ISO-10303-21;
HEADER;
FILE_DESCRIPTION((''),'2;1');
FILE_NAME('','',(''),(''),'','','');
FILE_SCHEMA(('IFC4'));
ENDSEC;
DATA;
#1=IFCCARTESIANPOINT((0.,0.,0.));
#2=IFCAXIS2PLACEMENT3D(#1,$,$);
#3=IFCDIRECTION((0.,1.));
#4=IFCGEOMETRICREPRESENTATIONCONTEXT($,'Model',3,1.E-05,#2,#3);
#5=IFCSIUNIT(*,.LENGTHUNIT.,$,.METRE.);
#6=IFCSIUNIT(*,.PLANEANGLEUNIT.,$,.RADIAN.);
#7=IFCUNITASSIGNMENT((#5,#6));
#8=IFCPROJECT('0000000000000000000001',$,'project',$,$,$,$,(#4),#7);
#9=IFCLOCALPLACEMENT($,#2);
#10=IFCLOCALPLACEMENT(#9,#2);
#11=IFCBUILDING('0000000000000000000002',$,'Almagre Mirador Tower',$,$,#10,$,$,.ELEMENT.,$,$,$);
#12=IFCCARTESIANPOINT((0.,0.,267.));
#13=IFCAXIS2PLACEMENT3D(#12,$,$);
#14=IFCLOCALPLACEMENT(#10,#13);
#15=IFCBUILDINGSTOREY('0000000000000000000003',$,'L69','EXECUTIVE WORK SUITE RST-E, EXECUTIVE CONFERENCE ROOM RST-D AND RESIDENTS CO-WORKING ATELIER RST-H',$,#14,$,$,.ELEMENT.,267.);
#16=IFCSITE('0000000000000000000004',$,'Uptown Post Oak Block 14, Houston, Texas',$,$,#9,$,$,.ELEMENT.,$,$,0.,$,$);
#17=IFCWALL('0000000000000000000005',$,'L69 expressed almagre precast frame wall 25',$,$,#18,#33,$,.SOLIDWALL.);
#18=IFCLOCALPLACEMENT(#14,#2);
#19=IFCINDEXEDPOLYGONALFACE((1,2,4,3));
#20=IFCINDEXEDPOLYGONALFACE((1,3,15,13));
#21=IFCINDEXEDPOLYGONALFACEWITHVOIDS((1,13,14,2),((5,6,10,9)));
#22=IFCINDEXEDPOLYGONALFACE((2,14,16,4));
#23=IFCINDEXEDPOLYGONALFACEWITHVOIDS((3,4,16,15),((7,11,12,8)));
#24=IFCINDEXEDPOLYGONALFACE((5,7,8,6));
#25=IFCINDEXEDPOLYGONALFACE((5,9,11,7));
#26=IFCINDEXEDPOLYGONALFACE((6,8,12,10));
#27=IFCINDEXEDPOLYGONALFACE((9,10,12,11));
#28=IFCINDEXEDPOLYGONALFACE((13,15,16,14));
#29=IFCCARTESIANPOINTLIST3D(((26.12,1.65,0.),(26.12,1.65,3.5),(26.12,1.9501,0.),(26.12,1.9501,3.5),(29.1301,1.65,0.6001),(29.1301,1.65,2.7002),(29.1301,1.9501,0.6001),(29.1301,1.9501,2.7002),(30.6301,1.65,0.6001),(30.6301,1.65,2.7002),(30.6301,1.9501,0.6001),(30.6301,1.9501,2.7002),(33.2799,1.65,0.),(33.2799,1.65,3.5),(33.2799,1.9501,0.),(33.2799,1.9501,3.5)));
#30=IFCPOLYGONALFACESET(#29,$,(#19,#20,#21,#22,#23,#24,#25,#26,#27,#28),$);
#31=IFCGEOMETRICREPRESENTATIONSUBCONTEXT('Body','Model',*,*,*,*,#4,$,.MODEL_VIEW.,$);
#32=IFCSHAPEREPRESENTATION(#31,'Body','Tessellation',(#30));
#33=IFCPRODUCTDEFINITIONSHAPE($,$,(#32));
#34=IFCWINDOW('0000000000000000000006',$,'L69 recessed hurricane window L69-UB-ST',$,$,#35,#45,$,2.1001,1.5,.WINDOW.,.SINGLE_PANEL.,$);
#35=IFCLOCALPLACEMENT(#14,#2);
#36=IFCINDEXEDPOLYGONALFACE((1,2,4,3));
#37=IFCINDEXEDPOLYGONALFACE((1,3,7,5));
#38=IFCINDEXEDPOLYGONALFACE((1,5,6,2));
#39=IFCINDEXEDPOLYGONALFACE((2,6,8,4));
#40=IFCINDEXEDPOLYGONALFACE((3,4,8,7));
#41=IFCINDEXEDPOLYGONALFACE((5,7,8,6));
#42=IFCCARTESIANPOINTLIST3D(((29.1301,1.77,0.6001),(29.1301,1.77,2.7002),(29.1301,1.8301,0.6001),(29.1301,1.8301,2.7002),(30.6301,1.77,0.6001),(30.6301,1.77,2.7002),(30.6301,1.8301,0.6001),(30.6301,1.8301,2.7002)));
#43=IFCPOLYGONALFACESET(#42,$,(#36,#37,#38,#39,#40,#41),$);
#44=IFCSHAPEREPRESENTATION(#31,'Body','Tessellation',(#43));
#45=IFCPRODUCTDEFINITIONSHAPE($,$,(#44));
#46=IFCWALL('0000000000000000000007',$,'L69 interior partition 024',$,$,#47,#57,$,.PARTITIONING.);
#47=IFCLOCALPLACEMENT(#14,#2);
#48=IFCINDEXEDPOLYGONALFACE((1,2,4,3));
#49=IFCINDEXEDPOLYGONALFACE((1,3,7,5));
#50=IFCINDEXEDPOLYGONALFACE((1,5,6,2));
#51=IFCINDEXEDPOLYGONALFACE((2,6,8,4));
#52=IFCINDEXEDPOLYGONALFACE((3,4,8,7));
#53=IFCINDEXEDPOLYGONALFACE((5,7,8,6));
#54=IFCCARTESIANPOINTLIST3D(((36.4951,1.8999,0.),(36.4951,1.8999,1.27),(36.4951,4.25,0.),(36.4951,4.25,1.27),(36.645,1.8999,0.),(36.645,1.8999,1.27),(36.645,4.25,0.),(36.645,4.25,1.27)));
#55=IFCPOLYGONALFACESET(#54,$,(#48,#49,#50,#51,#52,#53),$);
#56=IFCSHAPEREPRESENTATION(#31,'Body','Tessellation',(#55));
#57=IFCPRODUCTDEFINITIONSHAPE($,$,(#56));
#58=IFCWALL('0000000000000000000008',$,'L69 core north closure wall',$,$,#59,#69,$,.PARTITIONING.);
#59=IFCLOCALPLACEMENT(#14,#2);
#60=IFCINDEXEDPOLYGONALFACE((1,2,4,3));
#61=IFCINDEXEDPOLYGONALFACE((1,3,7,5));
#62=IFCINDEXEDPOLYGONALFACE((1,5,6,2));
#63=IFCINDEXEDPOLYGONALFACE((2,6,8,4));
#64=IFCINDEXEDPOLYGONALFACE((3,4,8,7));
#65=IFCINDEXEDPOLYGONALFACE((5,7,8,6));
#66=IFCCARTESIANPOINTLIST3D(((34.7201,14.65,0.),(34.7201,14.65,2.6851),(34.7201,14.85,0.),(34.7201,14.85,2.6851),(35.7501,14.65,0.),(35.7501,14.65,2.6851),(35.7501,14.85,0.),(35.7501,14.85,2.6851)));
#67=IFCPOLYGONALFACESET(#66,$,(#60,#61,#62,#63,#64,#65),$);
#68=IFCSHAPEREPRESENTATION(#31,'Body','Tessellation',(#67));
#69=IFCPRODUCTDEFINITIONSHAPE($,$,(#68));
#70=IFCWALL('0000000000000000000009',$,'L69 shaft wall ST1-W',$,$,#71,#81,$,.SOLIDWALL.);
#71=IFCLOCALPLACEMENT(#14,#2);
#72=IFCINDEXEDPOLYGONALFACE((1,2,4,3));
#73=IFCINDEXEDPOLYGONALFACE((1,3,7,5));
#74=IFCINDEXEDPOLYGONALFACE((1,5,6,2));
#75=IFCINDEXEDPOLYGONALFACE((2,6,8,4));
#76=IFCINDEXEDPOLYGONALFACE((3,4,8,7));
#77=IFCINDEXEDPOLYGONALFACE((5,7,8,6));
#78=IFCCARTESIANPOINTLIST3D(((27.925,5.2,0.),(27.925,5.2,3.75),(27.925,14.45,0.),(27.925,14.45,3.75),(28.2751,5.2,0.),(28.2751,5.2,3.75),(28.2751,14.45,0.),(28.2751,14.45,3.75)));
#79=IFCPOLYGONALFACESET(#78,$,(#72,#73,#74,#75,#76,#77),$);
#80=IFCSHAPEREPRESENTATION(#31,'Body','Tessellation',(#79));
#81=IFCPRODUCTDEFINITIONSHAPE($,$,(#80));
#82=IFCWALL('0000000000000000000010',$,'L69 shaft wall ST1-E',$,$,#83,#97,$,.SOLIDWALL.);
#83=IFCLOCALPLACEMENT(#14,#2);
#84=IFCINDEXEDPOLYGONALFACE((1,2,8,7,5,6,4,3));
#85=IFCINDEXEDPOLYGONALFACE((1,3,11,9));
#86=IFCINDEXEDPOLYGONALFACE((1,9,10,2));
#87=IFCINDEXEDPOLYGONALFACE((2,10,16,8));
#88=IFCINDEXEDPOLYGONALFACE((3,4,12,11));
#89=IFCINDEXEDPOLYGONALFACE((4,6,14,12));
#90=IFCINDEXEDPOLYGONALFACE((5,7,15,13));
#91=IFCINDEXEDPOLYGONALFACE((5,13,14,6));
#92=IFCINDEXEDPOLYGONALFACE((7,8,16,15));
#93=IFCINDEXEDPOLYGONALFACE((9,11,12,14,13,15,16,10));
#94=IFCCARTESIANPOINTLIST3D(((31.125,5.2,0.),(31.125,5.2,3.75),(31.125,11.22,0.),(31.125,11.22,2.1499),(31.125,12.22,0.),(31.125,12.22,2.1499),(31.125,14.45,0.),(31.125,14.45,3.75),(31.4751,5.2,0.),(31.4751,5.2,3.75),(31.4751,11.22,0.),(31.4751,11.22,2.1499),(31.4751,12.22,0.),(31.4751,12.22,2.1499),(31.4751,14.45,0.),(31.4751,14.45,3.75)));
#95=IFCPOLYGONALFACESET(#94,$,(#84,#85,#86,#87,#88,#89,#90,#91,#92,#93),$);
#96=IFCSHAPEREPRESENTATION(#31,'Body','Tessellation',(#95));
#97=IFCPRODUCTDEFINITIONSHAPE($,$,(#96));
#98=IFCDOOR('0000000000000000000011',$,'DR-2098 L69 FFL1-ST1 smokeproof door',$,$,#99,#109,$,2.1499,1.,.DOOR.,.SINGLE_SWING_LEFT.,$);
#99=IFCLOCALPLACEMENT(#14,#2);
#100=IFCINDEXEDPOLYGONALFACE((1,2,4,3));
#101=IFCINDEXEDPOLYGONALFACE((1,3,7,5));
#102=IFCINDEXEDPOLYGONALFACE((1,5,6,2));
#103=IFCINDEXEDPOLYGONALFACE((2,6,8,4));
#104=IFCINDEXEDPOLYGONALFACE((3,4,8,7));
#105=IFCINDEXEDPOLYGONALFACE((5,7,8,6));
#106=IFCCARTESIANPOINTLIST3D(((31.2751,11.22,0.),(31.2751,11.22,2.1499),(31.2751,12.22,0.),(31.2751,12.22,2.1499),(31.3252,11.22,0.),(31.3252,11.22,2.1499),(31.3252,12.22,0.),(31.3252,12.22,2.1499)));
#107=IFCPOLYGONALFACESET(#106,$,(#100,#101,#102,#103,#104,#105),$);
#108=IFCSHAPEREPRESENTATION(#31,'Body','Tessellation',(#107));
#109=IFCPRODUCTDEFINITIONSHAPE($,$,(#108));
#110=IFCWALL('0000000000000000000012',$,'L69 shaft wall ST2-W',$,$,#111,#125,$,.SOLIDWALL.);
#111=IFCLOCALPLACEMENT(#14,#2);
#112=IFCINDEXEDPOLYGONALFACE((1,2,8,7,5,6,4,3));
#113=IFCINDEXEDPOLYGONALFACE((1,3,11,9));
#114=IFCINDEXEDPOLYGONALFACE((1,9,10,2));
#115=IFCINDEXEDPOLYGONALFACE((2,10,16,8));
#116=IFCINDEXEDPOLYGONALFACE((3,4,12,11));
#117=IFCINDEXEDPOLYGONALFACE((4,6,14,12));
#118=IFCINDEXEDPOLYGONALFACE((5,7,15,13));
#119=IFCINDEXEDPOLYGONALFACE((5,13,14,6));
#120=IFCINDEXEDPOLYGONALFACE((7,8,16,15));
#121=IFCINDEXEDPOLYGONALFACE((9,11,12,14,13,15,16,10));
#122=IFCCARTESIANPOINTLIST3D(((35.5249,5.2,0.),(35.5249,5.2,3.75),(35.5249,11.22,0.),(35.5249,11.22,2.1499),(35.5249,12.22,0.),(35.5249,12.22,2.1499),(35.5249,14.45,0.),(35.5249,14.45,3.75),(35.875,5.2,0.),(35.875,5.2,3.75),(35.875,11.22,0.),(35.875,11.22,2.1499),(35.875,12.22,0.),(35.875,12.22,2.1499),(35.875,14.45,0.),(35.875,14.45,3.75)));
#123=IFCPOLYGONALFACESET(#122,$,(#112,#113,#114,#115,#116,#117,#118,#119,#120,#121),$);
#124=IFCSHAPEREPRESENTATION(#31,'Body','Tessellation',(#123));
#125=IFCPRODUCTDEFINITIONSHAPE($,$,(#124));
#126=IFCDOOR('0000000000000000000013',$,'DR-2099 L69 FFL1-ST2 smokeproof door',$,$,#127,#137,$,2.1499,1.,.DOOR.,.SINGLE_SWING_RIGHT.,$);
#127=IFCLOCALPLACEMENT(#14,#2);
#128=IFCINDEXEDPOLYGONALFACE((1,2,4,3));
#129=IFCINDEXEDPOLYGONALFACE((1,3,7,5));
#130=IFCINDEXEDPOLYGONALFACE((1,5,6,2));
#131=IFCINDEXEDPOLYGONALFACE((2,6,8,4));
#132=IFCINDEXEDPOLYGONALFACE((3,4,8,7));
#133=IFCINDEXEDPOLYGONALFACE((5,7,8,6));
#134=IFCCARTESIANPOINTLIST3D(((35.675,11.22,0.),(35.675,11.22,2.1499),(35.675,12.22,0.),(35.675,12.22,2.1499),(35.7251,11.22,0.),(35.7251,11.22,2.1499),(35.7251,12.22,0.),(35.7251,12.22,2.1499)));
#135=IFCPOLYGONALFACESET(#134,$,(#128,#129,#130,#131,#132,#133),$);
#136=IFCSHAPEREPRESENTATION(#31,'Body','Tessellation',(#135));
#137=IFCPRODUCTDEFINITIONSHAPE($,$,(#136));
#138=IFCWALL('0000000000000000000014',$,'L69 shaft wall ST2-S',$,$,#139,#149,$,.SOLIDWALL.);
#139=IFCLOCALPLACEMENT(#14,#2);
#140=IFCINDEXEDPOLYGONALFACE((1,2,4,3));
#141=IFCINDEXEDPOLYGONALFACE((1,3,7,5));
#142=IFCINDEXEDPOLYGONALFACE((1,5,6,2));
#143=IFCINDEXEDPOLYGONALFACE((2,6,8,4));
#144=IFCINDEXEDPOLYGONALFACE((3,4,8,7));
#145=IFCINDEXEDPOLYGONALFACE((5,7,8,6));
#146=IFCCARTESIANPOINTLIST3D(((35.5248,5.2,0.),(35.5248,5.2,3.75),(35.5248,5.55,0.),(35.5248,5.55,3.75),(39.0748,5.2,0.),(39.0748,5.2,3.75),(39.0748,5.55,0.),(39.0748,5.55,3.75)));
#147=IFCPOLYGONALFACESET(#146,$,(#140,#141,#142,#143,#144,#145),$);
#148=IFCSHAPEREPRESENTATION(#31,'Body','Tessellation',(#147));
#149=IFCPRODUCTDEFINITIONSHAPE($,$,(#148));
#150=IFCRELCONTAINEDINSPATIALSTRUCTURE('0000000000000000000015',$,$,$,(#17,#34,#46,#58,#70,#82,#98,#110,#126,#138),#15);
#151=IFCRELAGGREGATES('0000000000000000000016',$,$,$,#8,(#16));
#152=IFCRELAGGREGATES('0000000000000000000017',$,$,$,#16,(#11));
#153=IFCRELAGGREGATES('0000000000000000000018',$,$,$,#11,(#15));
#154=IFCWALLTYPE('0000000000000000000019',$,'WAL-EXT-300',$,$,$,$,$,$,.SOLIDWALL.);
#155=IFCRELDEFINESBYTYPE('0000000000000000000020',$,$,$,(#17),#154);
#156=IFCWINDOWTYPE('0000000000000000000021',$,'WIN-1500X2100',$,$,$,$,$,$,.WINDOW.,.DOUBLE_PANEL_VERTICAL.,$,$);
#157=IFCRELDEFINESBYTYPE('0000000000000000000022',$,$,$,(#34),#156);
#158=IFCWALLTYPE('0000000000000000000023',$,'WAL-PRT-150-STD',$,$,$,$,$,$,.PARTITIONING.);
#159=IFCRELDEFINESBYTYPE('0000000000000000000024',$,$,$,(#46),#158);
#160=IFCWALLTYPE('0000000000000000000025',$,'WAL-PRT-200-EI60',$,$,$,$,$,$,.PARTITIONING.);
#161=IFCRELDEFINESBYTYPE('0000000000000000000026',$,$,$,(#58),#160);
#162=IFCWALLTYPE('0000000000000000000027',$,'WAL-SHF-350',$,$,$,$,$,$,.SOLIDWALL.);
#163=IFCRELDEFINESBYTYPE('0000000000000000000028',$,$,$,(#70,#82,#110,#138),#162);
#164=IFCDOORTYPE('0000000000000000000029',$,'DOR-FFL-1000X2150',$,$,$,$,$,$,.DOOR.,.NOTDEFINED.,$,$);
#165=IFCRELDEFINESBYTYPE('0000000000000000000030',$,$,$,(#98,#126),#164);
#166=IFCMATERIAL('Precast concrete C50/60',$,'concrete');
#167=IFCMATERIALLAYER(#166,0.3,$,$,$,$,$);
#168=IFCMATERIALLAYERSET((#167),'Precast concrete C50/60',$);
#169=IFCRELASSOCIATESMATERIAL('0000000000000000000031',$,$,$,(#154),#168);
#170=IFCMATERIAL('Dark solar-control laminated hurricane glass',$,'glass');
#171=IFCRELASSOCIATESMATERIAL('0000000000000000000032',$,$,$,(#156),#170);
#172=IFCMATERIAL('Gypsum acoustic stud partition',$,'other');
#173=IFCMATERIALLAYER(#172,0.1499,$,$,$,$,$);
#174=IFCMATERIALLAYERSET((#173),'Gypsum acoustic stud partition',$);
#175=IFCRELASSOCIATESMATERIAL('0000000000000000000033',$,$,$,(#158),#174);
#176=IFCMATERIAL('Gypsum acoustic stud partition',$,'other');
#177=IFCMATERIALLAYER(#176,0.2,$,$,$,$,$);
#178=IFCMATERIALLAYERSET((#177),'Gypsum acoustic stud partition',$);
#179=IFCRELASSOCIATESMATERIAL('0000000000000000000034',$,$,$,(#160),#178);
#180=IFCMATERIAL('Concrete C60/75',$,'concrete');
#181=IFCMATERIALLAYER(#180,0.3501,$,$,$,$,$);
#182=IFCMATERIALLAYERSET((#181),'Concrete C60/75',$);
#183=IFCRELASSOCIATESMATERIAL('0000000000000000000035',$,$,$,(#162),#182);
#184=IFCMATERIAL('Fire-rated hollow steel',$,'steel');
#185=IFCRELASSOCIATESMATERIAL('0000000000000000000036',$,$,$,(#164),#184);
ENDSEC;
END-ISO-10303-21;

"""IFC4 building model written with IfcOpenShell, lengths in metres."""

from ifc_helpers import new_model, si_unit, direction, frame, frame_2d, origin, place, context, subcontext, project, spatial, rectangle, extrude, material, layer, layer_set, type_object, element, fill, save


model = new_model("IFC4")

# Units and contexts
model_context = context("Model", 3, precision=1e-05, world=origin(), true_north=direction((0.0, 1.0)))
body_context = subcontext(model_context, "Body", "Model", "MODEL_VIEW")
ifc_project = project(units=[si_unit("LENGTHUNIT", "METRE"), si_unit("PLANEANGLEUNIT", "RADIAN")], contexts=[model_context])

# Site, building, storey
site_placement = place(None, origin())
site = spatial("IfcSite", under=ifc_project, at=site_placement, Name="Uptown Post Oak Block 14, Houston, Texas", CompositionType="ELEMENT", RefElevation=0.0)
building_placement = place(site_placement, origin())
building = spatial("IfcBuilding", under=site, at=building_placement, Name="Almagre Mirador Tower", CompositionType="ELEMENT")
storey_placement = place(building_placement, frame((0.0, 0.0, 267.0)))
storey = spatial("IfcBuildingStorey", under=building, at=storey_placement, Name="L69", Description="EXECUTIVE WORK SUITE RST-E, EXECUTIVE CONFERENCE ROOM RST-D AND RESIDENTS CO-WORKING ATELIER RST-H", CompositionType="ELEMENT", Elevation=267.0)

# Wall, opening, window
ifc_material_1 = material(Name="Precast concrete C50/60", Category="concrete")
ifc_layer_1 = layer(ifc_material_1, 0.3)
ifc_layer_set_1 = layer_set([ifc_layer_1], Name="Precast concrete C50/60")
wall_type_1 = type_object("IfcWallType", Name="WAL-EXT-300", PredefinedType="SOLIDWALL", material=ifc_layer_set_1)
wall_1_placement = place(storey_placement, frame((33.28, 1.8, 0.0), z_axis=(0.0, 0.0, 1.0), x_axis=(-1.0, 0.0, 0.0)))
wall_1 = element("IfcWall", 1, at=wall_1_placement, inside=storey, type_object=wall_type_1, Name="L69 expressed almagre precast frame wall 25", PredefinedType="SOLIDWALL", context=body_context, shape_type="SweptSolid", body=[
    extrude(rectangle(XDim=7.1599, YDim=0.3, at=frame_2d((3.5801, 0.0))), origin(), (0.0, 0.0, 1.0), 3.5),
])
opening_1_placement = place(wall_1_placement, frame((2.6499, 0.0, 0.6001)))
opening_1 = element("IfcOpeningElement", 2, at=opening_1_placement, cuts=wall_1, PredefinedType="OPENING", context=body_context, shape_type="SweptSolid", body=[
    extrude(rectangle(XDim=1.5, YDim=2.1001, at=frame_2d((0.75, 1.05))), frame((0.0, 0.1599, 0.0), z_axis=(0.0, -1.0, 0.0), x_axis=(1.0, 0.0, 0.0)), (0.0, 0.0, 1.0), 0.32),
])
ifc_material_2 = material(Name="Dark solar-control laminated hurricane glass", Category="glass")
window_type = type_object("IfcWindowType", Name="WIN-1500X2100", PartitioningType="DOUBLE_PANEL_VERTICAL", PredefinedType="WINDOW", material=ifc_material_2)
window_placement = place(opening_1_placement, origin())
window = element("IfcWindow", 3, at=window_placement, inside=storey, type_object=window_type, Name="L69 recessed hurricane window L69-UB-ST", OverallHeight=2.1001, OverallWidth=1.5, PartitioningType="SINGLE_PANEL", PredefinedType="WINDOW", context=body_context, shape_type="SweptSolid", body=[
    extrude(rectangle(XDim=1.5, YDim=2.1001, at=frame_2d((0.75, 1.05))), frame((0.0, 0.03, 0.0), z_axis=(0.0, -1.0, 0.0), x_axis=(1.0, 0.0, 0.0)), (0.0, 0.0, 1.0), 0.0601),
])
fill(opening_1, window)

# Walls
ifc_material_3 = material(Name="Gypsum acoustic stud partition", Category="other")
ifc_layer_2 = layer(ifc_material_3, 0.1499)
ifc_layer_set_2 = layer_set([ifc_layer_2], Name="Gypsum acoustic stud partition")
wall_type_2 = type_object("IfcWallType", Name="WAL-PRT-150-STD", PredefinedType="PARTITIONING", material=ifc_layer_set_2)
wall_2_placement = place(storey_placement, frame((36.5701, 1.8999, 0.0), z_axis=(0.0, 0.0, 1.0), x_axis=(0.0, 1.0, 0.0)))
element("IfcWall", 4, at=wall_2_placement, inside=storey, type_object=wall_type_2, Name="L69 interior partition 024", PredefinedType="PARTITIONING", context=body_context, shape_type="SweptSolid", body=[
    extrude(rectangle(XDim=2.3501, YDim=0.1499, at=frame_2d((1.175, 0.0))), origin(), (0.0, 0.0, 1.0), 1.27),
])
ifc_material_4 = material(Name="Gypsum acoustic stud partition", Category="other")
ifc_layer_3 = layer(ifc_material_4, 0.2)
ifc_layer_set_3 = layer_set([ifc_layer_3], Name="Gypsum acoustic stud partition")
wall_type_3 = type_object("IfcWallType", Name="WAL-PRT-200-EI60", PredefinedType="PARTITIONING", material=ifc_layer_set_3)
wall_3_placement = place(storey_placement, frame((34.72, 14.75, 0.0), z_axis=(0.0, 0.0, 1.0), x_axis=(1.0, 0.0, 0.0)))
element("IfcWall", 5, at=wall_3_placement, inside=storey, type_object=wall_type_3, Name="L69 core north closure wall", PredefinedType="PARTITIONING", context=body_context, shape_type="SweptSolid", body=[
    extrude(rectangle(XDim=1.03, YDim=0.2, at=frame_2d((0.5151, 0.0))), origin(), (0.0, 0.0, 1.0), 2.6851),
])

# Wall
ifc_material_5 = material(Name="Concrete C60/75", Category="concrete")
ifc_layer_4 = layer(ifc_material_5, 0.3501)
ifc_layer_set_4 = layer_set([ifc_layer_4], Name="Concrete C60/75")
wall_type_4 = type_object("IfcWallType", Name="WAL-SHF-350", PredefinedType="SOLIDWALL", material=ifc_layer_set_4)
wall_4_placement = place(storey_placement, frame((28.1001, 5.2, 0.0), z_axis=(0.0, 0.0, 1.0), x_axis=(0.0, 1.0, 0.0)))
element("IfcWall", 6, at=wall_4_placement, inside=storey, type_object=wall_type_4, Name="L69 shaft wall ST1-W", PredefinedType="SOLIDWALL", context=body_context, shape_type="SweptSolid", body=[
    extrude(rectangle(XDim=9.25, YDim=0.3501, at=frame_2d((4.625, 0.0))), origin(), (0.0, 0.0, 1.0), 3.75),
])

# Walls, openings, doors
wall_5_placement = place(storey_placement, frame((31.3, 5.2, 0.0), z_axis=(0.0, 0.0, 1.0), x_axis=(0.0, 1.0, 0.0)))
wall_5 = element("IfcWall", 7, at=wall_5_placement, inside=storey, type_object=wall_type_4, Name="L69 shaft wall ST1-E", PredefinedType="SOLIDWALL", context=body_context, shape_type="SweptSolid", body=[
    extrude(rectangle(XDim=9.25, YDim=0.3501, at=frame_2d((4.625, 0.0))), origin(), (0.0, 0.0, 1.0), 3.75),
])
opening_2_placement = place(wall_5_placement, frame((6.02, 0.0, 0.0)))
opening_2 = element("IfcOpeningElement", 8, at=opening_2_placement, cuts=wall_5, PredefinedType="OPENING", context=body_context, shape_type="SweptSolid", body=[
    extrude(rectangle(XDim=1.0, YDim=2.1499, at=frame_2d((0.5, 1.075))), frame((0.0, 0.185, 0.0), z_axis=(0.0, -1.0, 0.0), x_axis=(1.0, 0.0, 0.0)), (0.0, 0.0, 1.0), 0.3701),
])
ifc_material_6 = material(Name="Fire-rated hollow steel", Category="steel")
door_type_1 = type_object("IfcDoorType", Name="DOR-FFL-1000X2150", OperationType="NOTDEFINED", PredefinedType="DOOR", material=ifc_material_6)
door_1_placement = place(opening_2_placement, origin())
door_1 = element("IfcDoor", 9, at=door_1_placement, inside=storey, type_object=door_type_1, Name="DR-2098 L69 FFL1-ST1 smokeproof door", OperationType="SINGLE_SWING_LEFT", OverallHeight=2.1499, OverallWidth=1.0, PredefinedType="DOOR", context=body_context, shape_type="SweptSolid", body=[
    extrude(rectangle(XDim=1.0, YDim=2.1499, at=frame_2d((0.5, 1.075))), frame((0.0, 0.0249, 0.0), z_axis=(0.0, -1.0, 0.0), x_axis=(1.0, 0.0, 0.0)), (0.0, 0.0, 1.0), 0.05),
])
fill(opening_2, door_1)
wall_6_placement = place(storey_placement, frame((35.7, 5.2, 0.0), z_axis=(0.0, 0.0, 1.0), x_axis=(0.0, 1.0, 0.0)))
wall_6 = element("IfcWall", 10, at=wall_6_placement, inside=storey, type_object=wall_type_4, Name="L69 shaft wall ST2-W", PredefinedType="SOLIDWALL", context=body_context, shape_type="SweptSolid", body=[
    extrude(rectangle(XDim=9.25, YDim=0.3501, at=frame_2d((4.625, 0.0))), origin(), (0.0, 0.0, 1.0), 3.75),
])
opening_3_placement = place(wall_6_placement, frame((6.02, 0.0, 0.0)))
opening_3 = element("IfcOpeningElement", 11, at=opening_3_placement, cuts=wall_6, PredefinedType="OPENING", context=body_context, shape_type="SweptSolid", body=[
    extrude(rectangle(XDim=1.0, YDim=2.1499, at=frame_2d((0.5, 1.075))), frame((0.0, 0.185, 0.0), z_axis=(0.0, -1.0, 0.0), x_axis=(1.0, 0.0, 0.0)), (0.0, 0.0, 1.0), 0.3701),
])
door_2_placement = place(opening_3_placement, origin())
door_2 = element("IfcDoor", 12, at=door_2_placement, inside=storey, type_object=door_type_1, Name="DR-2099 L69 FFL1-ST2 smokeproof door", OperationType="SINGLE_SWING_RIGHT", OverallHeight=2.1499, OverallWidth=1.0, PredefinedType="DOOR", context=body_context, shape_type="SweptSolid", body=[
    extrude(rectangle(XDim=1.0, YDim=2.1499, at=frame_2d((0.5, 1.075))), frame((0.0, 0.0249, 0.0), z_axis=(0.0, -1.0, 0.0), x_axis=(1.0, 0.0, 0.0)), (0.0, 0.0, 1.0), 0.05),
])
fill(opening_3, door_2)

# Wall
wall_7_placement = place(storey_placement, frame((35.5249, 5.375, 0.0), z_axis=(0.0, 0.0, 1.0), x_axis=(1.0, 0.0, 0.0)))
element("IfcWall", 13, at=wall_7_placement, inside=storey, type_object=wall_type_4, Name="L69 shaft wall ST2-S", PredefinedType="SOLIDWALL", context=body_context, shape_type="SweptSolid", body=[
    extrude(rectangle(XDim=3.55, YDim=0.3501, at=frame_2d((1.7749, 0.0))), origin(), (0.0, 0.0, 1.0), 3.75),
])

save(model, "model.ifc")
